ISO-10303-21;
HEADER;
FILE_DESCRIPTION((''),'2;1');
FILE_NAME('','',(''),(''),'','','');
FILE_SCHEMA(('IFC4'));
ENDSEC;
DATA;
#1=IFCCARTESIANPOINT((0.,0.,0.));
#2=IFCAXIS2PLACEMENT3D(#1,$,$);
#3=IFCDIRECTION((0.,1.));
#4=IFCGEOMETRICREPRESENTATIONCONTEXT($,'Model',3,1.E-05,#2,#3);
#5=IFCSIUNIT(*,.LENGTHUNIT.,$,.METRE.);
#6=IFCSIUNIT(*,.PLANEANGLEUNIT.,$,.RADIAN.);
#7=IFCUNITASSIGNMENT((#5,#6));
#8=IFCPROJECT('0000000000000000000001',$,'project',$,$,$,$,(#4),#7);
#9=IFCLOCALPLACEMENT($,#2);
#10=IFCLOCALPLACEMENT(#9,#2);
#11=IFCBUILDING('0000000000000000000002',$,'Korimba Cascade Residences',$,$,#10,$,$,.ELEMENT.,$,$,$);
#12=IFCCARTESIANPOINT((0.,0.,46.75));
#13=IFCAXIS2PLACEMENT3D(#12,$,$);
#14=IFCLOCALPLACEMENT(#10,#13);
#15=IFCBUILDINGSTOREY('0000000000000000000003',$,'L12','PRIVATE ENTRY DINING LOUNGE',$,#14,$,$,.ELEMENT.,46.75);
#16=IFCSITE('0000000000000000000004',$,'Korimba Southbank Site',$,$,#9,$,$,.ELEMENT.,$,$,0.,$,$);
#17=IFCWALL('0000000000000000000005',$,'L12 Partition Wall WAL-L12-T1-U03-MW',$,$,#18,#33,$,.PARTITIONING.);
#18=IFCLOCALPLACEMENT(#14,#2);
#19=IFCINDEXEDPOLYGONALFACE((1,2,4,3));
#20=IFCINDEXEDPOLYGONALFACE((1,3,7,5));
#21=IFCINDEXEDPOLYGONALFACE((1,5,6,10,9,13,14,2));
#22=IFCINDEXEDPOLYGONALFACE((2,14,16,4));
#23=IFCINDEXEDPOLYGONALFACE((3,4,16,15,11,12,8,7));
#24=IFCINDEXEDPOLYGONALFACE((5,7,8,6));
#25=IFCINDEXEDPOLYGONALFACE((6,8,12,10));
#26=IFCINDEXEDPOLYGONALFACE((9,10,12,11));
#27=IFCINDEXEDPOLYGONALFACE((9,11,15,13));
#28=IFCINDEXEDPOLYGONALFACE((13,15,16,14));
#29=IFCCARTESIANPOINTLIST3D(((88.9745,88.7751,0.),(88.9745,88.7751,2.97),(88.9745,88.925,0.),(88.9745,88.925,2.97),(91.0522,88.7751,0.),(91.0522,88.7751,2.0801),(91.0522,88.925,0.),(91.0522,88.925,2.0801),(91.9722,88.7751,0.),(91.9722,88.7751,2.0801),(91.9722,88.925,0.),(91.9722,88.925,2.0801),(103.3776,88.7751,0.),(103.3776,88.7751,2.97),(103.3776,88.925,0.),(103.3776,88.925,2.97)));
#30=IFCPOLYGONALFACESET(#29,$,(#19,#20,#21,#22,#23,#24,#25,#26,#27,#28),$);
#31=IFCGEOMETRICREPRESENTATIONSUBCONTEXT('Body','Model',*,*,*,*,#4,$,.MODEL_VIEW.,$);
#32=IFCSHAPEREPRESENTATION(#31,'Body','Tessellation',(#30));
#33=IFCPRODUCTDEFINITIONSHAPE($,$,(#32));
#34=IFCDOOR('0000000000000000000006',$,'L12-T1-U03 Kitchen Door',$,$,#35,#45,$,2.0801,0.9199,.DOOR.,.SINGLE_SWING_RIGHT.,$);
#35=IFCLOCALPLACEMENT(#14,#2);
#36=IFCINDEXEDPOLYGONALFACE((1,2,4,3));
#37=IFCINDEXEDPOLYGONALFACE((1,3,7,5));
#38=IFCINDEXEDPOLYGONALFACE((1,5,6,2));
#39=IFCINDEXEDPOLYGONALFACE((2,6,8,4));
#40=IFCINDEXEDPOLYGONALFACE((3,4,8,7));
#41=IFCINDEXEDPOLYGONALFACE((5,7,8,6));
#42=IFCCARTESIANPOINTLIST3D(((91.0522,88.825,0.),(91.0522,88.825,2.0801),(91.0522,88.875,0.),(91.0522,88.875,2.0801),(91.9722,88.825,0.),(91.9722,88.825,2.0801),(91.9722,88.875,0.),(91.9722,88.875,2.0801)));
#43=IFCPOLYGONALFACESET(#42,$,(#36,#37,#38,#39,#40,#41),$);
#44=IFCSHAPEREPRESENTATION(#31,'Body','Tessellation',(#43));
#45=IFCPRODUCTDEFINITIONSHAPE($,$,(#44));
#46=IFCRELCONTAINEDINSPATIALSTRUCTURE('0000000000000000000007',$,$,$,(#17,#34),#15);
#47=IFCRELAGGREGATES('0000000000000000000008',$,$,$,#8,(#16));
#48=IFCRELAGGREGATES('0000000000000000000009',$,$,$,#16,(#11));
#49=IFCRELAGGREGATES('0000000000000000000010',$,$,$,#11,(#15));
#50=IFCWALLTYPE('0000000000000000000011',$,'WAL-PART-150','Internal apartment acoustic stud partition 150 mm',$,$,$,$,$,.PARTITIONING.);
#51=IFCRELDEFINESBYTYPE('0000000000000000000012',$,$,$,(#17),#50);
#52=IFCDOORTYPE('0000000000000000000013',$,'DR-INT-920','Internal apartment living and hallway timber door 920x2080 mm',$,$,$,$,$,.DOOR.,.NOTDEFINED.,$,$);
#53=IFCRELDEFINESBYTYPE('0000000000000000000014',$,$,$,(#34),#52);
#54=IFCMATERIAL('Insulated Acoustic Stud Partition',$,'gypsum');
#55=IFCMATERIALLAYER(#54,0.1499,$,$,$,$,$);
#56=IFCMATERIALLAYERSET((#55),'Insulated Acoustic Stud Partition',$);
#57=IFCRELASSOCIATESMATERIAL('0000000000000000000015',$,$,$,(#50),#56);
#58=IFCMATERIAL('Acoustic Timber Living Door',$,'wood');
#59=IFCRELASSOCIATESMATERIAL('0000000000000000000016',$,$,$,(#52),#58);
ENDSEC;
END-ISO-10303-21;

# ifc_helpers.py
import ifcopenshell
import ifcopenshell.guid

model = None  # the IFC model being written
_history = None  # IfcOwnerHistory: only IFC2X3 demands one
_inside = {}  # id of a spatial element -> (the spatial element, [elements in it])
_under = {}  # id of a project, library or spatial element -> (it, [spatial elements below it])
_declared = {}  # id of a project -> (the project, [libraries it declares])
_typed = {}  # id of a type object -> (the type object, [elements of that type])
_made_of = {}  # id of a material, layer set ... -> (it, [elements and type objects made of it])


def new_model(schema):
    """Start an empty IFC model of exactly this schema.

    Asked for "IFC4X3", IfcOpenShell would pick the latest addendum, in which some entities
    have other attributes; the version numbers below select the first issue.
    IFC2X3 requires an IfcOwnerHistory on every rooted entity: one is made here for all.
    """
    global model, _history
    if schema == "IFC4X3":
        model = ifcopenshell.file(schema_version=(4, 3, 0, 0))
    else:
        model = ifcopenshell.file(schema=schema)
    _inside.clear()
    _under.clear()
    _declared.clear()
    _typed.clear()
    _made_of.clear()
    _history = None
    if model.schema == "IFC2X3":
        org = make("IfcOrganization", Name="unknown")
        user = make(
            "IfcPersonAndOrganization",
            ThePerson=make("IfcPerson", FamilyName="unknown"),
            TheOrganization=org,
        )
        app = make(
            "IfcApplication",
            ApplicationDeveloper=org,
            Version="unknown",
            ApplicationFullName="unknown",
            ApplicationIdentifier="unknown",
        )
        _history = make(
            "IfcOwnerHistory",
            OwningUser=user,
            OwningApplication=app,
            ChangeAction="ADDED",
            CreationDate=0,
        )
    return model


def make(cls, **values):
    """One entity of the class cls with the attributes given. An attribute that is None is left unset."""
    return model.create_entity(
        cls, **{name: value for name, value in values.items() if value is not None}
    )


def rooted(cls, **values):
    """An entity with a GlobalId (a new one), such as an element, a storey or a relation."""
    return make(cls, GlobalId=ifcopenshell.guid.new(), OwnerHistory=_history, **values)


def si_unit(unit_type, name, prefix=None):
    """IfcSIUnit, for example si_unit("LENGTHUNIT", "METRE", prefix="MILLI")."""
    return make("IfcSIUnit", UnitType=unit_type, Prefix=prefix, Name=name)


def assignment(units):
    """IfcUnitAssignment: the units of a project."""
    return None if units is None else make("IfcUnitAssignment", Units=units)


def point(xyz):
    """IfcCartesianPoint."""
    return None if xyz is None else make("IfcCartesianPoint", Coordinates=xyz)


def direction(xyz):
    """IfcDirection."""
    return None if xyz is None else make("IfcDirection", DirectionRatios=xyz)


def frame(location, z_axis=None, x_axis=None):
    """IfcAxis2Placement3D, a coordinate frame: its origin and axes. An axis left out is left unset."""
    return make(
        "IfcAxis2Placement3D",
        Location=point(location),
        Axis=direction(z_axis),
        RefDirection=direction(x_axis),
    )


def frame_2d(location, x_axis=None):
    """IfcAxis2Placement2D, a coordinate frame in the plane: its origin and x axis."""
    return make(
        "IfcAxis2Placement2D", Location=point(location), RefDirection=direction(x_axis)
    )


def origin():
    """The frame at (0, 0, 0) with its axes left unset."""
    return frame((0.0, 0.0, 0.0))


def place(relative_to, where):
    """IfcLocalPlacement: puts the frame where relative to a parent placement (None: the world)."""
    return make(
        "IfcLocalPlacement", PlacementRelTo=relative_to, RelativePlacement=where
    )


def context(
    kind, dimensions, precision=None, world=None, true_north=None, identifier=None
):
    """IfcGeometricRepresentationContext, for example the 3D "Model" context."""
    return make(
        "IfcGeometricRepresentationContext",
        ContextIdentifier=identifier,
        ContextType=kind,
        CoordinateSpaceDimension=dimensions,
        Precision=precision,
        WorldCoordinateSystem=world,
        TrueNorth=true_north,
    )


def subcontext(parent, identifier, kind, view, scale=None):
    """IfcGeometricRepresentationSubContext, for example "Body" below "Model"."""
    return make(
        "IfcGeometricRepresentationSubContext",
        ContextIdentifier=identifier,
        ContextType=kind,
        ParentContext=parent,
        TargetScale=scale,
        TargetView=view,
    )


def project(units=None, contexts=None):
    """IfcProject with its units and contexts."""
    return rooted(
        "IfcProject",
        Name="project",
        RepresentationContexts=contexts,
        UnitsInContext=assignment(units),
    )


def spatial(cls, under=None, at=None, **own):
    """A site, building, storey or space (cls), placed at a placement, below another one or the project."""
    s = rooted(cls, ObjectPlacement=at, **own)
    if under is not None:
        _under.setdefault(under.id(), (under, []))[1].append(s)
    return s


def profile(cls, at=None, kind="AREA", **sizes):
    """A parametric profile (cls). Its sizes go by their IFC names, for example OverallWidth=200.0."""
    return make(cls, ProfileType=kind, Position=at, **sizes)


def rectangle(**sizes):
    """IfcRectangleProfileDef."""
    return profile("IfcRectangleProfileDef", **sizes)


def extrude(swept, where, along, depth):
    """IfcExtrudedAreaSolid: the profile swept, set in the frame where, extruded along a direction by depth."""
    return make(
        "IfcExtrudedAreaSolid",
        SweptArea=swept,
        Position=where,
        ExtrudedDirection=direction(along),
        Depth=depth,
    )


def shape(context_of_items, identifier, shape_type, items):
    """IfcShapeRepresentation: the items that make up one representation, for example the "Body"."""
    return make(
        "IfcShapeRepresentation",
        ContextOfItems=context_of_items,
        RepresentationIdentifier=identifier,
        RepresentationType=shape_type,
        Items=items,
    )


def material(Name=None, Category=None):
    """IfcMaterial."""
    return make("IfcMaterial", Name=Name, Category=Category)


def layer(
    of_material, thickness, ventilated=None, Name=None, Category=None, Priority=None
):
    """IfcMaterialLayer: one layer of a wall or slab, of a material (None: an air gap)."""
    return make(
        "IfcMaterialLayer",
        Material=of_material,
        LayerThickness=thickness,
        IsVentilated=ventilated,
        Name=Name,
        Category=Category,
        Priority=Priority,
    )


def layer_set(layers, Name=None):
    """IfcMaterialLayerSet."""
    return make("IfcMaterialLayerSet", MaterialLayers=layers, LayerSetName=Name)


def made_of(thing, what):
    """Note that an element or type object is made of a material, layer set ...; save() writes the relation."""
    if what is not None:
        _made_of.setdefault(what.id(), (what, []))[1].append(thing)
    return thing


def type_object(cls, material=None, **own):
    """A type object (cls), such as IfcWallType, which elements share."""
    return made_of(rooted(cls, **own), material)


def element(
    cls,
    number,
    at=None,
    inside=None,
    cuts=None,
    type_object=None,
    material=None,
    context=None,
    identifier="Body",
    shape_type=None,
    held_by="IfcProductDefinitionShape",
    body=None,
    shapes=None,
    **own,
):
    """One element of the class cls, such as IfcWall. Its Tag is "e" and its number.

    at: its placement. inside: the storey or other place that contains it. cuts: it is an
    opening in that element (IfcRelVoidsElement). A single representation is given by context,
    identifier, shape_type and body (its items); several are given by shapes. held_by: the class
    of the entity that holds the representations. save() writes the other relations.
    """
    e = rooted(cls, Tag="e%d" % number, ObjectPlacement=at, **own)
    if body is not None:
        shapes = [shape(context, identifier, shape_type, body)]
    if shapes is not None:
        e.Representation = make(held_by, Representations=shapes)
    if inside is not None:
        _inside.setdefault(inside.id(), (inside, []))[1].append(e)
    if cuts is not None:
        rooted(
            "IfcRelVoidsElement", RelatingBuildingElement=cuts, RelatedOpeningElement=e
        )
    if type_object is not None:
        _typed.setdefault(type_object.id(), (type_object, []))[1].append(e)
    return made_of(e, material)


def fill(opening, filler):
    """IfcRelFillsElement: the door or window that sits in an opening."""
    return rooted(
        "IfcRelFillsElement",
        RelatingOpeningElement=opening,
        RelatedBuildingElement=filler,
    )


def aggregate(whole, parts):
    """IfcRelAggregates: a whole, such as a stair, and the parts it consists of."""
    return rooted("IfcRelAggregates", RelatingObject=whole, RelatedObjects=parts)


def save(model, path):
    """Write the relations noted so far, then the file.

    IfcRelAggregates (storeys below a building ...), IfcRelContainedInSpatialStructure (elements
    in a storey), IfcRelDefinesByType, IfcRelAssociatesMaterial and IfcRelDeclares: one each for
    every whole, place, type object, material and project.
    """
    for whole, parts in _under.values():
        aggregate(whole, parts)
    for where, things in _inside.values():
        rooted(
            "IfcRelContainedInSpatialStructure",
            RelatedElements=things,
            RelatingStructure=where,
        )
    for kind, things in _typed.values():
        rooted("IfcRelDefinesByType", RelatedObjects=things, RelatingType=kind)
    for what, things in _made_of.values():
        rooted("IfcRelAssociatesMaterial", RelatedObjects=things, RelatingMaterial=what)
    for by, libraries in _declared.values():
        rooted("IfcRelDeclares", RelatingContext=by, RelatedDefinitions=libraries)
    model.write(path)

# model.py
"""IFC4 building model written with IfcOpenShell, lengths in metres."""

from ifc_helpers import new_model, si_unit, direction, frame, frame_2d, origin, place, context, subcontext, project, spatial, rectangle, extrude, material, layer, layer_set, type_object, element, fill, save


model = new_model("IFC4")

# Units and contexts
model_context = context("Model", 3, precision=1e-05, world=origin(), true_north=direction((0.0, 1.0)))
body_context = subcontext(model_context, "Body", "Model", "MODEL_VIEW")
ifc_project = project(units=[si_unit("LENGTHUNIT", "METRE"), si_unit("PLANEANGLEUNIT", "RADIAN")], contexts=[model_context])

# Site, building, storey
site_placement = place(None, origin())
site = spatial("IfcSite", under=ifc_project, at=site_placement, Name="Korimba Southbank Site", CompositionType="ELEMENT", RefElevation=0.0)
building_placement = place(site_placement, origin())
building = spatial("IfcBuilding", under=site, at=building_placement, Name="Korimba Cascade Residences", CompositionType="ELEMENT")
storey_placement = place(building_placement, frame((0.0, 0.0, 46.75)))
storey = spatial("IfcBuildingStorey", under=building, at=storey_placement, Name="L12", Description="PRIVATE ENTRY DINING LOUNGE", CompositionType="ELEMENT", Elevation=46.75)

# Shared definitions
ifc_material_1 = material(Name="Insulated Acoustic Stud Partition", Category="gypsum")
ifc_layer_1 = layer(ifc_material_1, 0.1499)
ifc_layer_set_1 = layer_set([ifc_layer_1], Name="Insulated Acoustic Stud Partition")
wall_type_1 = type_object("IfcWallType", Name="WAL-PART-150", Description="Internal apartment acoustic stud partition 150 mm", PredefinedType="PARTITIONING", material=ifc_layer_set_1)

# Wall, opening, door
wall_1_placement = place(storey_placement, frame((88.9744, 88.8501, 0.0), z_axis=(0.0, 0.0, 1.0), x_axis=(1.0, 0.0, 0.0)))
wall_1 = element("IfcWall", 1, at=wall_1_placement, inside=storey, type_object=wall_type_1, Name="L12 Partition Wall WAL-L12-T1-U03-MW", PredefinedType="PARTITIONING", context=body_context, shape_type="SweptSolid", body=[
    extrude(rectangle(XDim=14.4031, YDim=0.1499, at=frame_2d((7.2017, 0.0))), origin(), (0.0, 0.0, 1.0), 2.97),
])
opening_1_placement = place(wall_1_placement, frame((2.0779, 0.0, 0.0)))
opening_1 = element("IfcOpeningElement", 2, at=opening_1_placement, cuts=wall_1, PredefinedType="OPENING", context=body_context, shape_type="SweptSolid", body=[
    extrude(rectangle(XDim=0.9199, YDim=2.0801, at=frame_2d((0.46, 1.04))), frame((0.0, 0.085, 0.0), z_axis=(0.0, -1.0, 0.0), x_axis=(1.0, 0.0, 0.0)), (0.0, 0.0, 1.0), 0.1699),
])
ifc_material_2 = material(Name="Acoustic Timber Living Door", Category="wood")
door_type_1 = type_object("IfcDoorType", Name="DR-INT-920", Description="Internal apartment living and hallway timber door 920x2080 mm", OperationType="NOTDEFINED", PredefinedType="DOOR", material=ifc_material_2)
door_1_placement = place(opening_1_placement, origin())
door_1 = element("IfcDoor", 3, at=door_1_placement, inside=storey, type_object=door_type_1, Name="L12-T1-U03 Kitchen Door", OperationType="SINGLE_SWING_RIGHT", OverallHeight=2.0801, OverallWidth=0.9199, PredefinedType="DOOR", context=body_context, shape_type="SweptSolid", body=[
    extrude(rectangle(XDim=0.9199, YDim=2.0801, at=frame_2d((0.46, 1.04))), frame((0.0, 0.0249, 0.0), z_axis=(0.0, -1.0, 0.0), x_axis=(1.0, 0.0, 0.0)), (0.0, 0.0, 1.0), 0.05),
])
fill(opening_1, door_1)

save(model, "model.ifc")
